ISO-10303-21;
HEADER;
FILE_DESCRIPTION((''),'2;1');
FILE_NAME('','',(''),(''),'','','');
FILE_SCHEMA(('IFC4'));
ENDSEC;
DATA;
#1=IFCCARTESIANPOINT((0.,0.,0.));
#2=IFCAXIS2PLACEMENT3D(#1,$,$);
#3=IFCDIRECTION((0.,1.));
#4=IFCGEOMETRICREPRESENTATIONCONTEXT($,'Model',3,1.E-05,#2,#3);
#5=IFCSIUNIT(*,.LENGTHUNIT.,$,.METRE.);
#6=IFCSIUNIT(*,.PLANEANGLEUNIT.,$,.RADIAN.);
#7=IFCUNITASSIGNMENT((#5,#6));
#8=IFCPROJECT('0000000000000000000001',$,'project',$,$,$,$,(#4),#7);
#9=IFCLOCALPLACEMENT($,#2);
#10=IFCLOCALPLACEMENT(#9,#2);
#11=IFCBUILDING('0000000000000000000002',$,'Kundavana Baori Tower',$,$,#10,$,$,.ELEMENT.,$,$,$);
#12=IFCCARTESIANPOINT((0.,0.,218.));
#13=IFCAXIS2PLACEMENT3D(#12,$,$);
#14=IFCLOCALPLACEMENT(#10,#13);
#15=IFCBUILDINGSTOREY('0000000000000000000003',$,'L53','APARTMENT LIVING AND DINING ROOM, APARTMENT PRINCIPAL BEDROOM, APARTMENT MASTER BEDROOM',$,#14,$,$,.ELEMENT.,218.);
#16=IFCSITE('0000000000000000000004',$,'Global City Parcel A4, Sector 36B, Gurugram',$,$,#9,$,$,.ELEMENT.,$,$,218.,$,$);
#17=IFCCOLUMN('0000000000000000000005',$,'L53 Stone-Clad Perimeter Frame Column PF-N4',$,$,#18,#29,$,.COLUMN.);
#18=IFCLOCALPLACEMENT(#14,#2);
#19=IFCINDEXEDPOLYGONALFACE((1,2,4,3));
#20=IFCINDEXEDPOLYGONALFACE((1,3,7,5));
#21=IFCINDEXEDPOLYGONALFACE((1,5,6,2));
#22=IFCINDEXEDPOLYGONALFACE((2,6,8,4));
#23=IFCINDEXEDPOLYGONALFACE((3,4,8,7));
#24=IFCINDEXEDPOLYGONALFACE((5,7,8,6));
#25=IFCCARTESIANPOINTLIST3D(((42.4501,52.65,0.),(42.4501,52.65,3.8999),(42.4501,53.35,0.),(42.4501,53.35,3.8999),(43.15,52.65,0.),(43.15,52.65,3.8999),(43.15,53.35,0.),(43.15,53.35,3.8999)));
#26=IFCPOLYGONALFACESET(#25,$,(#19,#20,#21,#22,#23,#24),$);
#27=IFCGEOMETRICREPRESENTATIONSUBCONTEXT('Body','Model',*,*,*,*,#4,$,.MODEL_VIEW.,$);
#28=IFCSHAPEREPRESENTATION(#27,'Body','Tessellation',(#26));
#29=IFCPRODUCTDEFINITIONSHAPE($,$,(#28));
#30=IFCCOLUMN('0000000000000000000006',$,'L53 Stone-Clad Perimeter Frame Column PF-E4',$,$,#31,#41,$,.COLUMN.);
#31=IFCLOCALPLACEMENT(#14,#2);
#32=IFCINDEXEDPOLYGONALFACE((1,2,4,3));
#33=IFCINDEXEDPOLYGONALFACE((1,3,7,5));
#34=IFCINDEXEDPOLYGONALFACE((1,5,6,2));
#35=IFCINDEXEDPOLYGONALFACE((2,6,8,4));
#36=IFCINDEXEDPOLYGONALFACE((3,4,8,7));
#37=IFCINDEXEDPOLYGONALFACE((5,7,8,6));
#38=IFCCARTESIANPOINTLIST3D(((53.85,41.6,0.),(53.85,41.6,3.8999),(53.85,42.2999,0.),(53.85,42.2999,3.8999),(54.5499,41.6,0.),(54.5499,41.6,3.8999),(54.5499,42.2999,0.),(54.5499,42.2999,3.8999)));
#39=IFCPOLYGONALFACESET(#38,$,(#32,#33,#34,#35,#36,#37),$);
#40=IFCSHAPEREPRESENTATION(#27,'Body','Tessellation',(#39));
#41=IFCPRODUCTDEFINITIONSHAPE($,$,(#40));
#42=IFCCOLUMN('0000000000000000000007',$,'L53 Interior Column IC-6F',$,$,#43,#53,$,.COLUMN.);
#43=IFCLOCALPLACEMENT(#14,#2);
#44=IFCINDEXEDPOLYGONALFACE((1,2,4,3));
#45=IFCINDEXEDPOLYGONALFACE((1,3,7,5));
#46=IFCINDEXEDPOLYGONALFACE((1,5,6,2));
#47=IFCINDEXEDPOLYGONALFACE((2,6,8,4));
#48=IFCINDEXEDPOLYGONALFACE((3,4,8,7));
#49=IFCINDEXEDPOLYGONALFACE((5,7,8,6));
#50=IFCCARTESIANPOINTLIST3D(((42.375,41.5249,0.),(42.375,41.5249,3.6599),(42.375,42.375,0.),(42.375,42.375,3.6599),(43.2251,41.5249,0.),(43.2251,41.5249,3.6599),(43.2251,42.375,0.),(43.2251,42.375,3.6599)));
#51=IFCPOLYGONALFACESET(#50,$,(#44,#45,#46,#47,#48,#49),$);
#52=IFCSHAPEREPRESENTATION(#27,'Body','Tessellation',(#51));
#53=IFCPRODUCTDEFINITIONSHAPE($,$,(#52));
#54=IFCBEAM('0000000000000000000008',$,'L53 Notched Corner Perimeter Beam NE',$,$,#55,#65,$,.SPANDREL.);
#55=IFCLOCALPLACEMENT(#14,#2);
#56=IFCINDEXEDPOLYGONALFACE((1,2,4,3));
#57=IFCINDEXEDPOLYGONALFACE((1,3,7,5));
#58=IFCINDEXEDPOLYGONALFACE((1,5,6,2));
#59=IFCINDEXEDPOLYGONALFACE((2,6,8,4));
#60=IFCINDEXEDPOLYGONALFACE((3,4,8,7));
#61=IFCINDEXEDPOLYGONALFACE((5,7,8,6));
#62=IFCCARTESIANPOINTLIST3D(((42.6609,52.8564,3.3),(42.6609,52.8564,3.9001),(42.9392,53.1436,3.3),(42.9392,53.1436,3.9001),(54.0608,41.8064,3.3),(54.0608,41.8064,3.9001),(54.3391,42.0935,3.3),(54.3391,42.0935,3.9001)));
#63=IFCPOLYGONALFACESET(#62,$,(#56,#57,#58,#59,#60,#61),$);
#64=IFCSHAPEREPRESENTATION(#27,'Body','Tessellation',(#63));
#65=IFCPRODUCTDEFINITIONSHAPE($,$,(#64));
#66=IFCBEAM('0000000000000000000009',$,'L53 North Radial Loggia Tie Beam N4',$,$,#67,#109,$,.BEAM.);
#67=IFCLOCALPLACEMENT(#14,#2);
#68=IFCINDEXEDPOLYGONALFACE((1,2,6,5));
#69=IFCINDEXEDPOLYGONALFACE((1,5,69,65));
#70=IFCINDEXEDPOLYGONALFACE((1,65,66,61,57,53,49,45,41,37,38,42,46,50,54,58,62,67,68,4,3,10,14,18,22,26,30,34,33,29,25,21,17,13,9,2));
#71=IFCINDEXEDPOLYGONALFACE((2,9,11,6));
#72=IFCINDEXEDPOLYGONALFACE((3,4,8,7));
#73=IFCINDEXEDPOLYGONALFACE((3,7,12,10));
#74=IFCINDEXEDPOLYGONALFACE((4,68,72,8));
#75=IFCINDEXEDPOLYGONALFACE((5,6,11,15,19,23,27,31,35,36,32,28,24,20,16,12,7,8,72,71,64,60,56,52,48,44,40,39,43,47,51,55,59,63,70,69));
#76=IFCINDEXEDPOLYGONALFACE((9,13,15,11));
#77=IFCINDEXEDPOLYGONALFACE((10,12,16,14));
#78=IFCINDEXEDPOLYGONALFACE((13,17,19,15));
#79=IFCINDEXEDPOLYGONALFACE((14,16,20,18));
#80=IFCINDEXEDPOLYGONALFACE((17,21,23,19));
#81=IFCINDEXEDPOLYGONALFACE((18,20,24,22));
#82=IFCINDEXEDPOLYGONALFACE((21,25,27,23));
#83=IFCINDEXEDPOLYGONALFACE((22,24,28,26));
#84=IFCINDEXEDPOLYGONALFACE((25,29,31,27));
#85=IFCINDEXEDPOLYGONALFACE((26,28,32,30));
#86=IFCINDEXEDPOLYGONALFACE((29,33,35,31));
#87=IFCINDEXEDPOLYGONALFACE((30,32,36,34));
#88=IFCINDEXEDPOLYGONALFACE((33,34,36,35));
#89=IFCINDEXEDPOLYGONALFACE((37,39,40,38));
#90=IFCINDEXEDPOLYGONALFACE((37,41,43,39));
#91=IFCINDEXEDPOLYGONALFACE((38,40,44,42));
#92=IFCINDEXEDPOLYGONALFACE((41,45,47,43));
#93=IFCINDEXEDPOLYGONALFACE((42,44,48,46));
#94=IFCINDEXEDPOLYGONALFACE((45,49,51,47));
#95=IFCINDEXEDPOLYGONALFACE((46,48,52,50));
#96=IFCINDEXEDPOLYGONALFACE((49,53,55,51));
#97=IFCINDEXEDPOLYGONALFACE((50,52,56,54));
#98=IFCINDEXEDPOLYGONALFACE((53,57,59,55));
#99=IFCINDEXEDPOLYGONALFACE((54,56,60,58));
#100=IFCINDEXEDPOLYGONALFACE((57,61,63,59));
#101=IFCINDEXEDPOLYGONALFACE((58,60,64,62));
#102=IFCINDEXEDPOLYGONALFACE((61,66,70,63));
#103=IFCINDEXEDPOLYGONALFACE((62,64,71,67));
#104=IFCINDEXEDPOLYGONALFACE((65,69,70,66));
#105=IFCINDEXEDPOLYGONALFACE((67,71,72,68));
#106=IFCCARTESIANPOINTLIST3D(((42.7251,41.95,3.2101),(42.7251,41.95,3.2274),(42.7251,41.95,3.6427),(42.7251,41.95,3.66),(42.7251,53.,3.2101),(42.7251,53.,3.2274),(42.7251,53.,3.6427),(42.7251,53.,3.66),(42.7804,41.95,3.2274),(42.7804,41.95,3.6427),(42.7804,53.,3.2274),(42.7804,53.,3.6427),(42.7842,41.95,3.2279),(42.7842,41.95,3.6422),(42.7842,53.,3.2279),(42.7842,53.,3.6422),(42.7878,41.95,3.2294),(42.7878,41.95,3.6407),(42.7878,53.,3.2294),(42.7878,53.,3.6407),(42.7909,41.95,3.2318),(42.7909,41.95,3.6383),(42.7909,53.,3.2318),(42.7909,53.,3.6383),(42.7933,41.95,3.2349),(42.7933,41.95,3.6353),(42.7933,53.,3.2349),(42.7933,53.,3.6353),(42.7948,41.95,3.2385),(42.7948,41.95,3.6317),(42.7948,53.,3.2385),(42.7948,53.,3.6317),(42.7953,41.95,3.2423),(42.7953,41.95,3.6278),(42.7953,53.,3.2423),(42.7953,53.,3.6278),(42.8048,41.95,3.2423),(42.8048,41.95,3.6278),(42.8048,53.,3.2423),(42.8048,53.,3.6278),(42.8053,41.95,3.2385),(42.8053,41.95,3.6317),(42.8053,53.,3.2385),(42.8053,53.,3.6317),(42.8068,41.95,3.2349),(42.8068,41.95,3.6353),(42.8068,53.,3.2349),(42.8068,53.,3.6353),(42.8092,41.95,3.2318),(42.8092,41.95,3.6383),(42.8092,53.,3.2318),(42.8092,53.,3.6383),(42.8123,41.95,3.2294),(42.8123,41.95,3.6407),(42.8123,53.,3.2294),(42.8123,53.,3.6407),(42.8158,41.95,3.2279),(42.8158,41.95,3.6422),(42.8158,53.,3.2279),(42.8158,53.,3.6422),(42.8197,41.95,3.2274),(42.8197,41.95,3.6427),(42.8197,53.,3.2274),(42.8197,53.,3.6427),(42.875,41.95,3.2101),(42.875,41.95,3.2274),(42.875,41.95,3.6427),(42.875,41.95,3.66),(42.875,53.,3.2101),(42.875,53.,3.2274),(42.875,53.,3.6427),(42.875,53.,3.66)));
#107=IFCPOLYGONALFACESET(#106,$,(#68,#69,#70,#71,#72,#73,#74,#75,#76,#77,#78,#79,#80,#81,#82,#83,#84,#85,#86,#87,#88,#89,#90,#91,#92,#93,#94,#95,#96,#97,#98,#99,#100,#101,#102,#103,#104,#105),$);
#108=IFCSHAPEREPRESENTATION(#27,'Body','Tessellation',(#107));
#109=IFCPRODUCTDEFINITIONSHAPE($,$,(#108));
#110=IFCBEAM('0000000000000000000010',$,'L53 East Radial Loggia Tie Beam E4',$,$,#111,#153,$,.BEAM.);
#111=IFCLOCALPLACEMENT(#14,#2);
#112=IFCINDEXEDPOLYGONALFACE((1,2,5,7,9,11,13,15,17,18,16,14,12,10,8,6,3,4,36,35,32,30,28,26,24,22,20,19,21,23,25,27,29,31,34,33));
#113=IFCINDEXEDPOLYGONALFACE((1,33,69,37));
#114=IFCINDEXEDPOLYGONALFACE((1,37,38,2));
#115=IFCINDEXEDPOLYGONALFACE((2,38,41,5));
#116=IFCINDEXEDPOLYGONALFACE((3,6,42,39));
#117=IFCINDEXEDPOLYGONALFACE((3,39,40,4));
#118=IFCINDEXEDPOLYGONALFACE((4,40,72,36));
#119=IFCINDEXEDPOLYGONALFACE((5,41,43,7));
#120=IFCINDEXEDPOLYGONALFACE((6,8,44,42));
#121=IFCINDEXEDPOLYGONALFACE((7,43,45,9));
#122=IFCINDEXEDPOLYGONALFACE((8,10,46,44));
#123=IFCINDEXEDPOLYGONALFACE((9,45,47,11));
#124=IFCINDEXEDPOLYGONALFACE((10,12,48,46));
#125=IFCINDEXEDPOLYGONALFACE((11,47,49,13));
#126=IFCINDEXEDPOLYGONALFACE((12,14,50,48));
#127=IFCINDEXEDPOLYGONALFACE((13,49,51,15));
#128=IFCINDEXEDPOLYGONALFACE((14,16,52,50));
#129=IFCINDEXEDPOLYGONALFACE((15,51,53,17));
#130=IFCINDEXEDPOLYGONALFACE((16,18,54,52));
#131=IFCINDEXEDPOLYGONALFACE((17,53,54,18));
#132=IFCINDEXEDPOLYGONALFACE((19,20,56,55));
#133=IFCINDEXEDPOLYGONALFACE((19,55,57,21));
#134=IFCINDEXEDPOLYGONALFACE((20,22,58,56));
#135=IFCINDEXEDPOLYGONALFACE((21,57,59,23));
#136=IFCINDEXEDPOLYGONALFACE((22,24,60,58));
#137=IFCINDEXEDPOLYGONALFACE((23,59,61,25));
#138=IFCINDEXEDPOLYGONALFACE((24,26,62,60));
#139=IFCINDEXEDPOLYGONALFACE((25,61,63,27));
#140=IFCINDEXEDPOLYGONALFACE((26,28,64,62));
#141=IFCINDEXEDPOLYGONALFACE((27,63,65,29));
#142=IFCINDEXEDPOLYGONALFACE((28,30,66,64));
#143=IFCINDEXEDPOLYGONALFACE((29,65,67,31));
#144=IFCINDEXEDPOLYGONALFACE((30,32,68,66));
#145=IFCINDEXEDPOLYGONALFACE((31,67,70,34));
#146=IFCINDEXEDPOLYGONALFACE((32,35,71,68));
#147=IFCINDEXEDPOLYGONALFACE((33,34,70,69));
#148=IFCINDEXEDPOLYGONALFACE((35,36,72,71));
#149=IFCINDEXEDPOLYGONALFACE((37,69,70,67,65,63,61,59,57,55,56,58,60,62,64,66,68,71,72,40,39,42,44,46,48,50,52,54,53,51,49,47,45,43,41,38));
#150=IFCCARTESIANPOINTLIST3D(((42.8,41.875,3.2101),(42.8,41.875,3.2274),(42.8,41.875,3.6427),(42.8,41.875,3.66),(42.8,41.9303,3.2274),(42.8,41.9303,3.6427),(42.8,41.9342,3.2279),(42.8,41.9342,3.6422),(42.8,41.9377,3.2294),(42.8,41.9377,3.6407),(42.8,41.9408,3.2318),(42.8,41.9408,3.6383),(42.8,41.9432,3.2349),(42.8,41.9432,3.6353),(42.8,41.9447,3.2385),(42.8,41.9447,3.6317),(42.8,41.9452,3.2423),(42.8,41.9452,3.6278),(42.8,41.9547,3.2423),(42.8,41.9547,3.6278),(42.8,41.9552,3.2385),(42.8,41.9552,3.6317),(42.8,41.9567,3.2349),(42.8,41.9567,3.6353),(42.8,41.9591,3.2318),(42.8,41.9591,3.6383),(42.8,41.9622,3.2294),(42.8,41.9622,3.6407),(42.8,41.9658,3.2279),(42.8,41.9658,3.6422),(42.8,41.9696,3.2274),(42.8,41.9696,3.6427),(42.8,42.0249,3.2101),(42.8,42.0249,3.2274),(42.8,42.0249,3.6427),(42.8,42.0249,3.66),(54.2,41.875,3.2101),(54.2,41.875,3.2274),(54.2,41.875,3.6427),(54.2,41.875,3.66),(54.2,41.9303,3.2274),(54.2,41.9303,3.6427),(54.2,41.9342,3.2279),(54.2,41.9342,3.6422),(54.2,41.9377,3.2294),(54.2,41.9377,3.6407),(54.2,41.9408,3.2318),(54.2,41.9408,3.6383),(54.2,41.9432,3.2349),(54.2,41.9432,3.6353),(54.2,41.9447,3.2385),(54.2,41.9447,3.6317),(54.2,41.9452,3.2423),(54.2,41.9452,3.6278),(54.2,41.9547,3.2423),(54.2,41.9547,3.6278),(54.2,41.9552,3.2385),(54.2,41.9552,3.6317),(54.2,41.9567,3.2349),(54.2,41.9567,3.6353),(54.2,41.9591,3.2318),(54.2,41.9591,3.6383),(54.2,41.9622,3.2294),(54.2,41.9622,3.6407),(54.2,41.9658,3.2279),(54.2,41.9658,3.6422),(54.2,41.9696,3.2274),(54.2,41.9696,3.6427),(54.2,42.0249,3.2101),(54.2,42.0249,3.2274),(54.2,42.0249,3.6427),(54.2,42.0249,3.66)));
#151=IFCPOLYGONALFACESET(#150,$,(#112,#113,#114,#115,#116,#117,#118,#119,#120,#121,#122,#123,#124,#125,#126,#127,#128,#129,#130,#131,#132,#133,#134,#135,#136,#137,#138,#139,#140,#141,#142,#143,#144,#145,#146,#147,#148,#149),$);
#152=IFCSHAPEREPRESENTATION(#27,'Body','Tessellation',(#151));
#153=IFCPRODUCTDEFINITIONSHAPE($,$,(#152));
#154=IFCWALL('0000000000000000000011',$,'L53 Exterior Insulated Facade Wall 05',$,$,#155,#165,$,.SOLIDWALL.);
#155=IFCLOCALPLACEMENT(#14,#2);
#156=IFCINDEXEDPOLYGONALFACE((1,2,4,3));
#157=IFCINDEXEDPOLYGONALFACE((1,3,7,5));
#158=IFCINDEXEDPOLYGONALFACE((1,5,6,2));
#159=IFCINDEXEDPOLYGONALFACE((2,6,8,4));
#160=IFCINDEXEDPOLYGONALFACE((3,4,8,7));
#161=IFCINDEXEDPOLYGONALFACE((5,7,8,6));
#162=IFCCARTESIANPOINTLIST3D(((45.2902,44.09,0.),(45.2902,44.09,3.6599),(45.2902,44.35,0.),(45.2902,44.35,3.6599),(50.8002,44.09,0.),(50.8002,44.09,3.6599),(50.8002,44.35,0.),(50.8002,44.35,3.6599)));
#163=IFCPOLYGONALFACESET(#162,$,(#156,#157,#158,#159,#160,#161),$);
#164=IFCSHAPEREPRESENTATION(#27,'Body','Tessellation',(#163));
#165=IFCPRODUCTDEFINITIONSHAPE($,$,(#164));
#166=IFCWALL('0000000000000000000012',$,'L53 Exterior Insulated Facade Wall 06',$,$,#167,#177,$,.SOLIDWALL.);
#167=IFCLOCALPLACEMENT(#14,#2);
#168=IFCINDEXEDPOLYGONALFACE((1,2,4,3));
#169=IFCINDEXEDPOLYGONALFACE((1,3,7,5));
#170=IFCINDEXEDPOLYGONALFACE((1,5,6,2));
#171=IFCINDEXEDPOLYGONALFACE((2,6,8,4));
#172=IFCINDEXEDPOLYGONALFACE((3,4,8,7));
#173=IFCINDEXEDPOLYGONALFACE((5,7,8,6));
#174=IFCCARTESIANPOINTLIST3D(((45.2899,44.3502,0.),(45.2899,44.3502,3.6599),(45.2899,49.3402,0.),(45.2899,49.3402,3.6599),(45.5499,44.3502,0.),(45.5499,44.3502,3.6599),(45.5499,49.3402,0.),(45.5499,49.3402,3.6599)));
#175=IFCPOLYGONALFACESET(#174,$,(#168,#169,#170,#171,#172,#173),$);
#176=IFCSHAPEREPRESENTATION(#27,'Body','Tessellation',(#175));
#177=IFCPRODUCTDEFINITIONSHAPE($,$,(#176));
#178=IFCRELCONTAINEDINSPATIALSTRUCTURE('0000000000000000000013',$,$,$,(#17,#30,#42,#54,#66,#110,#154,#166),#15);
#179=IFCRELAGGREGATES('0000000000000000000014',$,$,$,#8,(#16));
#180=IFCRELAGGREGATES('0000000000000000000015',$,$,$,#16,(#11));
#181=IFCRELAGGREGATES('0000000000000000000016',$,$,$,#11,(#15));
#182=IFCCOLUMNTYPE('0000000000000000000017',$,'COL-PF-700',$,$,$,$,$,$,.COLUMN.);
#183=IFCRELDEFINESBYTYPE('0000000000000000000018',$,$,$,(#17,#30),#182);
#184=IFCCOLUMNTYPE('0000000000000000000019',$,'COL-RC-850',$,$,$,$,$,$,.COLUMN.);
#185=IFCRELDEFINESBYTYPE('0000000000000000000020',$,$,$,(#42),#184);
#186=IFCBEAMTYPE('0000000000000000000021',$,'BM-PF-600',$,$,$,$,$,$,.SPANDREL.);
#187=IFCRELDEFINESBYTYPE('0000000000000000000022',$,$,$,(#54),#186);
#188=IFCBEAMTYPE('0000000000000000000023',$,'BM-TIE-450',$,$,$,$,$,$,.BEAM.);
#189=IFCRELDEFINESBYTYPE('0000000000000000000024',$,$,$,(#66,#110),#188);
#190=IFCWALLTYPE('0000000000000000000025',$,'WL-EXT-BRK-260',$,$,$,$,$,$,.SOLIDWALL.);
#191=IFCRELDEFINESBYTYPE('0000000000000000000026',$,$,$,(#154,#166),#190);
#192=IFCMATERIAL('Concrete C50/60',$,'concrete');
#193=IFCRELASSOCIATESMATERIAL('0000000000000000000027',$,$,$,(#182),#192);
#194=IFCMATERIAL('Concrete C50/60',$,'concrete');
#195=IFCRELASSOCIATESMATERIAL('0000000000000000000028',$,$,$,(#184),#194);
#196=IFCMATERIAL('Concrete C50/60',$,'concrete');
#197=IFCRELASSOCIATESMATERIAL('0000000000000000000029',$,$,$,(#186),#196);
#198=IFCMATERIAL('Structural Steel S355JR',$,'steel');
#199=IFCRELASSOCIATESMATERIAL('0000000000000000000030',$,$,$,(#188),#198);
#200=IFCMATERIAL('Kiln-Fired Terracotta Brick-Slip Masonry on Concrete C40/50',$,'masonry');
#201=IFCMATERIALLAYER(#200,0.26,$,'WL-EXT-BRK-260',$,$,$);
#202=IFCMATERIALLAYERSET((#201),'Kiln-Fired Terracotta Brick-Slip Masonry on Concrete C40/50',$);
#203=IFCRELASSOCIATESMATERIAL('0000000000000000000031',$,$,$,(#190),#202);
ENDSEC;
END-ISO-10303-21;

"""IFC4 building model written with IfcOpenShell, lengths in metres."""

from ifc_helpers import new_model, si_unit, direction, frame, frame_2d, origin, origin_2d, place, context, subcontext, project, spatial, rectangle, i_section, extrude, material, layer, layer_set, material_profile, profile_set, type_object, element, save


model = new_model("IFC4")

# Units and contexts
model_context = context("Model", 3, precision=1e-05, world=origin(), true_north=direction((0.0, 1.0)))
body_context = subcontext(model_context, "Body", "Model", "MODEL_VIEW")
ifc_project = project(units=[si_unit("LENGTHUNIT", "METRE"), si_unit("PLANEANGLEUNIT", "RADIAN")], contexts=[model_context])

# Site, building, storey
site_placement = place(None, origin())
site = spatial("IfcSite", under=ifc_project, at=site_placement, Name="Global City Parcel A4, Sector 36B, Gurugram", CompositionType="ELEMENT", RefElevation=218.0)
building_placement = place(site_placement, origin())
building = spatial("IfcBuilding", under=site, at=building_placement, Name="Kundavana Baori Tower", CompositionType="ELEMENT")
storey_placement = place(building_placement, frame((0.0, 0.0, 218.0)))
storey = spatial("IfcBuildingStorey", under=building, at=storey_placement, Name="L53", Description="APARTMENT LIVING AND DINING ROOM, APARTMENT PRINCIPAL BEDROOM, APARTMENT MASTER BEDROOM", CompositionType="ELEMENT", Elevation=218.0)

# Columns
ifc_material_1 = material(Name="Concrete C50/60", Category="concrete")
ifc_material_profile_1 = material_profile(ifc_material_1, rectangle(XDim=0.7, YDim=0.7, at=origin_2d()), Name="RC PF 700x700")
ifc_profile_set_1 = profile_set([ifc_material_profile_1], Name="Concrete C50/60")
column_type_1 = type_object("IfcColumnType", Name="COL-PF-700", PredefinedType="COLUMN", material=ifc_profile_set_1)
for number, where, z_axis, x_axis, name in (
    (1, (42.8, 53.0, 0.0), (0.0, 0.0, 1.0), (1.0, 0.0, 0.0), "L53 Stone-Clad Perimeter Frame Column PF-N4"),
    (2, (54.2, 41.95, 0.0), (0.0, 0.0, 1.0), (1.0, 0.0, 0.0), "L53 Stone-Clad Perimeter Frame Column PF-E4"),
):
    element("IfcColumn", number, at=place(storey_placement, frame(where, z_axis=z_axis, x_axis=x_axis)), inside=storey, type_object=column_type_1, Name=name, PredefinedType="COLUMN", context=body_context, shape_type="SweptSolid", body=[
        extrude(rectangle(XDim=0.7, YDim=0.7, at=origin_2d()), origin(), (0.0, 0.0, 1.0), 3.8999),
    ])
ifc_material_2 = material(Name="Concrete C50/60", Category="concrete")
ifc_material_profile_2 = material_profile(ifc_material_2, rectangle(XDim=0.8501, YDim=0.8501, at=origin_2d()), Name="RC 850x850")
ifc_profile_set_2 = profile_set([ifc_material_profile_2], Name="Concrete C50/60")
column_type_2 = type_object("IfcColumnType", Name="COL-RC-850", PredefinedType="COLUMN", material=ifc_profile_set_2)
column_placement = place(storey_placement, frame((42.8, 41.95, 0.0), z_axis=(0.0, 0.0, 1.0), x_axis=(1.0, 0.0, 0.0)))
element("IfcColumn", 3, at=column_placement, inside=storey, type_object=column_type_2, Name="L53 Interior Column IC-6F", PredefinedType="COLUMN", context=body_context, shape_type="SweptSolid", body=[
    extrude(rectangle(XDim=0.8501, YDim=0.8501, at=origin_2d()), origin(), (0.0, 0.0, 1.0), 3.6599),
])

# Beams
ifc_material_3 = material(Name="Concrete C50/60", Category="concrete")
ifc_material_profile_3 = material_profile(ifc_material_3, rectangle(XDim=0.3999, YDim=0.6001, at=origin_2d()), Name="RC BM 400x600")
ifc_profile_set_3 = profile_set([ifc_material_profile_3], Name="Concrete C50/60")
beam_type_1 = type_object("IfcBeamType", Name="BM-PF-600", PredefinedType="SPANDREL", material=ifc_profile_set_3)
beam_1_placement = place(storey_placement, frame((42.8, 53.0, 3.6001), z_axis=(0.718039, -0.696003, 0.0), x_axis=(0.696003, 0.718039, 0.0)))
element("IfcBeam", 4, at=beam_1_placement, inside=storey, type_object=beam_type_1, Name="L53 Notched Corner Perimeter Beam NE", PredefinedType="SPANDREL", context=body_context, shape_type="SweptSolid", body=[
    extrude(rectangle(XDim=0.3999, YDim=0.6001, at=origin_2d()), origin(), (0.0, 0.0, 1.0), 15.8765),
])
ifc_material_4 = material(Name="Structural Steel S355JR", Category="steel")
ifc_material_profile_4 = material_profile(ifc_material_4, i_section(OverallWidth=0.1499, OverallDepth=0.45, WebThickness=0.0095, FlangeThickness=0.0173, FilletRadius=0.0149, at=origin_2d()), Name="ISMB 450")
ifc_profile_set_4 = profile_set([ifc_material_profile_4], Name="Structural Steel S355JR")
beam_type_2 = type_object("IfcBeamType", Name="BM-TIE-450", PredefinedType="BEAM", material=ifc_profile_set_4)
beam_2_placement = place(storey_placement, frame((42.8, 41.95, 3.4351), z_axis=(0.0, 1.0, 0.0), x_axis=(-1.0, 0.0, 0.0)))
element("IfcBeam", 5, at=beam_2_placement, inside=storey, type_object=beam_type_2, Name="L53 North Radial Loggia Tie Beam N4", PredefinedType="BEAM", context=body_context, shape_type="SweptSolid", body=[
    extrude(i_section(OverallWidth=0.1499, OverallDepth=0.45, WebThickness=0.0095, FlangeThickness=0.0173, FilletRadius=0.0149, at=origin_2d()), origin(), (0.0, 0.0, 1.0), 11.05),
])
beam_3_placement = place(storey_placement, frame((42.8, 41.95, 3.4351), z_axis=(1.0, 0.0, 0.0), x_axis=(0.0, 1.0, 0.0)))
element("IfcBeam", 6, at=beam_3_placement, inside=storey, type_object=beam_type_2, Name="L53 East Radial Loggia Tie Beam E4", PredefinedType="BEAM", context=body_context, shape_type="SweptSolid", body=[
    extrude(i_section(OverallWidth=0.1499, OverallDepth=0.45, WebThickness=0.0095, FlangeThickness=0.0173, FilletRadius=0.0149, at=origin_2d()), origin(), (0.0, 0.0, 1.0), 11.3999),
])

# Walls
ifc_material_5 = material(Name="Kiln-Fired Terracotta Brick-Slip Masonry on Concrete C40/50", Category="masonry")
ifc_layer_1 = layer(ifc_material_5, 0.26, Name="WL-EXT-BRK-260")
ifc_layer_set_1 = layer_set([ifc_layer_1], Name="Kiln-Fired Terracotta Brick-Slip Masonry on Concrete C40/50")
wall_type_1 = type_object("IfcWallType", Name="WL-EXT-BRK-260", PredefinedType="SOLIDWALL", material=ifc_layer_set_1)
wall_1_placement = place(storey_placement, frame((50.8, 44.22, 0.0), z_axis=(0.0, 0.0, 1.0), x_axis=(-1.0, 0.0, 0.0)))
element("IfcWall", 7, at=wall_1_placement, inside=storey, type_object=wall_type_1, Name="L53 Exterior Insulated Facade Wall 05", PredefinedType="SOLIDWALL", context=body_context, shape_type="SweptSolid", body=[
    extrude(rectangle(XDim=5.51, YDim=0.26, at=frame_2d((2.7549, 0.0))), origin(), (0.0, 0.0, 1.0), 3.6599),
])
wall_2_placement = place(storey_placement, frame((45.4199, 44.3501, 0.0), z_axis=(0.0, 0.0, 1.0), x_axis=(0.0, 1.0, 0.0)))
element("IfcWall", 8, at=wall_2_placement, inside=storey, type_object=wall_type_1, Name="L53 Exterior Insulated Facade Wall 06", PredefinedType="SOLIDWALL", context=body_context, shape_type="SweptSolid", body=[
    extrude(rectangle(XDim=4.99, YDim=0.26, at=frame_2d((2.4951, 0.0))), origin(), (0.0, 0.0, 1.0), 3.6599),
])

save(model, "model.ifc")
